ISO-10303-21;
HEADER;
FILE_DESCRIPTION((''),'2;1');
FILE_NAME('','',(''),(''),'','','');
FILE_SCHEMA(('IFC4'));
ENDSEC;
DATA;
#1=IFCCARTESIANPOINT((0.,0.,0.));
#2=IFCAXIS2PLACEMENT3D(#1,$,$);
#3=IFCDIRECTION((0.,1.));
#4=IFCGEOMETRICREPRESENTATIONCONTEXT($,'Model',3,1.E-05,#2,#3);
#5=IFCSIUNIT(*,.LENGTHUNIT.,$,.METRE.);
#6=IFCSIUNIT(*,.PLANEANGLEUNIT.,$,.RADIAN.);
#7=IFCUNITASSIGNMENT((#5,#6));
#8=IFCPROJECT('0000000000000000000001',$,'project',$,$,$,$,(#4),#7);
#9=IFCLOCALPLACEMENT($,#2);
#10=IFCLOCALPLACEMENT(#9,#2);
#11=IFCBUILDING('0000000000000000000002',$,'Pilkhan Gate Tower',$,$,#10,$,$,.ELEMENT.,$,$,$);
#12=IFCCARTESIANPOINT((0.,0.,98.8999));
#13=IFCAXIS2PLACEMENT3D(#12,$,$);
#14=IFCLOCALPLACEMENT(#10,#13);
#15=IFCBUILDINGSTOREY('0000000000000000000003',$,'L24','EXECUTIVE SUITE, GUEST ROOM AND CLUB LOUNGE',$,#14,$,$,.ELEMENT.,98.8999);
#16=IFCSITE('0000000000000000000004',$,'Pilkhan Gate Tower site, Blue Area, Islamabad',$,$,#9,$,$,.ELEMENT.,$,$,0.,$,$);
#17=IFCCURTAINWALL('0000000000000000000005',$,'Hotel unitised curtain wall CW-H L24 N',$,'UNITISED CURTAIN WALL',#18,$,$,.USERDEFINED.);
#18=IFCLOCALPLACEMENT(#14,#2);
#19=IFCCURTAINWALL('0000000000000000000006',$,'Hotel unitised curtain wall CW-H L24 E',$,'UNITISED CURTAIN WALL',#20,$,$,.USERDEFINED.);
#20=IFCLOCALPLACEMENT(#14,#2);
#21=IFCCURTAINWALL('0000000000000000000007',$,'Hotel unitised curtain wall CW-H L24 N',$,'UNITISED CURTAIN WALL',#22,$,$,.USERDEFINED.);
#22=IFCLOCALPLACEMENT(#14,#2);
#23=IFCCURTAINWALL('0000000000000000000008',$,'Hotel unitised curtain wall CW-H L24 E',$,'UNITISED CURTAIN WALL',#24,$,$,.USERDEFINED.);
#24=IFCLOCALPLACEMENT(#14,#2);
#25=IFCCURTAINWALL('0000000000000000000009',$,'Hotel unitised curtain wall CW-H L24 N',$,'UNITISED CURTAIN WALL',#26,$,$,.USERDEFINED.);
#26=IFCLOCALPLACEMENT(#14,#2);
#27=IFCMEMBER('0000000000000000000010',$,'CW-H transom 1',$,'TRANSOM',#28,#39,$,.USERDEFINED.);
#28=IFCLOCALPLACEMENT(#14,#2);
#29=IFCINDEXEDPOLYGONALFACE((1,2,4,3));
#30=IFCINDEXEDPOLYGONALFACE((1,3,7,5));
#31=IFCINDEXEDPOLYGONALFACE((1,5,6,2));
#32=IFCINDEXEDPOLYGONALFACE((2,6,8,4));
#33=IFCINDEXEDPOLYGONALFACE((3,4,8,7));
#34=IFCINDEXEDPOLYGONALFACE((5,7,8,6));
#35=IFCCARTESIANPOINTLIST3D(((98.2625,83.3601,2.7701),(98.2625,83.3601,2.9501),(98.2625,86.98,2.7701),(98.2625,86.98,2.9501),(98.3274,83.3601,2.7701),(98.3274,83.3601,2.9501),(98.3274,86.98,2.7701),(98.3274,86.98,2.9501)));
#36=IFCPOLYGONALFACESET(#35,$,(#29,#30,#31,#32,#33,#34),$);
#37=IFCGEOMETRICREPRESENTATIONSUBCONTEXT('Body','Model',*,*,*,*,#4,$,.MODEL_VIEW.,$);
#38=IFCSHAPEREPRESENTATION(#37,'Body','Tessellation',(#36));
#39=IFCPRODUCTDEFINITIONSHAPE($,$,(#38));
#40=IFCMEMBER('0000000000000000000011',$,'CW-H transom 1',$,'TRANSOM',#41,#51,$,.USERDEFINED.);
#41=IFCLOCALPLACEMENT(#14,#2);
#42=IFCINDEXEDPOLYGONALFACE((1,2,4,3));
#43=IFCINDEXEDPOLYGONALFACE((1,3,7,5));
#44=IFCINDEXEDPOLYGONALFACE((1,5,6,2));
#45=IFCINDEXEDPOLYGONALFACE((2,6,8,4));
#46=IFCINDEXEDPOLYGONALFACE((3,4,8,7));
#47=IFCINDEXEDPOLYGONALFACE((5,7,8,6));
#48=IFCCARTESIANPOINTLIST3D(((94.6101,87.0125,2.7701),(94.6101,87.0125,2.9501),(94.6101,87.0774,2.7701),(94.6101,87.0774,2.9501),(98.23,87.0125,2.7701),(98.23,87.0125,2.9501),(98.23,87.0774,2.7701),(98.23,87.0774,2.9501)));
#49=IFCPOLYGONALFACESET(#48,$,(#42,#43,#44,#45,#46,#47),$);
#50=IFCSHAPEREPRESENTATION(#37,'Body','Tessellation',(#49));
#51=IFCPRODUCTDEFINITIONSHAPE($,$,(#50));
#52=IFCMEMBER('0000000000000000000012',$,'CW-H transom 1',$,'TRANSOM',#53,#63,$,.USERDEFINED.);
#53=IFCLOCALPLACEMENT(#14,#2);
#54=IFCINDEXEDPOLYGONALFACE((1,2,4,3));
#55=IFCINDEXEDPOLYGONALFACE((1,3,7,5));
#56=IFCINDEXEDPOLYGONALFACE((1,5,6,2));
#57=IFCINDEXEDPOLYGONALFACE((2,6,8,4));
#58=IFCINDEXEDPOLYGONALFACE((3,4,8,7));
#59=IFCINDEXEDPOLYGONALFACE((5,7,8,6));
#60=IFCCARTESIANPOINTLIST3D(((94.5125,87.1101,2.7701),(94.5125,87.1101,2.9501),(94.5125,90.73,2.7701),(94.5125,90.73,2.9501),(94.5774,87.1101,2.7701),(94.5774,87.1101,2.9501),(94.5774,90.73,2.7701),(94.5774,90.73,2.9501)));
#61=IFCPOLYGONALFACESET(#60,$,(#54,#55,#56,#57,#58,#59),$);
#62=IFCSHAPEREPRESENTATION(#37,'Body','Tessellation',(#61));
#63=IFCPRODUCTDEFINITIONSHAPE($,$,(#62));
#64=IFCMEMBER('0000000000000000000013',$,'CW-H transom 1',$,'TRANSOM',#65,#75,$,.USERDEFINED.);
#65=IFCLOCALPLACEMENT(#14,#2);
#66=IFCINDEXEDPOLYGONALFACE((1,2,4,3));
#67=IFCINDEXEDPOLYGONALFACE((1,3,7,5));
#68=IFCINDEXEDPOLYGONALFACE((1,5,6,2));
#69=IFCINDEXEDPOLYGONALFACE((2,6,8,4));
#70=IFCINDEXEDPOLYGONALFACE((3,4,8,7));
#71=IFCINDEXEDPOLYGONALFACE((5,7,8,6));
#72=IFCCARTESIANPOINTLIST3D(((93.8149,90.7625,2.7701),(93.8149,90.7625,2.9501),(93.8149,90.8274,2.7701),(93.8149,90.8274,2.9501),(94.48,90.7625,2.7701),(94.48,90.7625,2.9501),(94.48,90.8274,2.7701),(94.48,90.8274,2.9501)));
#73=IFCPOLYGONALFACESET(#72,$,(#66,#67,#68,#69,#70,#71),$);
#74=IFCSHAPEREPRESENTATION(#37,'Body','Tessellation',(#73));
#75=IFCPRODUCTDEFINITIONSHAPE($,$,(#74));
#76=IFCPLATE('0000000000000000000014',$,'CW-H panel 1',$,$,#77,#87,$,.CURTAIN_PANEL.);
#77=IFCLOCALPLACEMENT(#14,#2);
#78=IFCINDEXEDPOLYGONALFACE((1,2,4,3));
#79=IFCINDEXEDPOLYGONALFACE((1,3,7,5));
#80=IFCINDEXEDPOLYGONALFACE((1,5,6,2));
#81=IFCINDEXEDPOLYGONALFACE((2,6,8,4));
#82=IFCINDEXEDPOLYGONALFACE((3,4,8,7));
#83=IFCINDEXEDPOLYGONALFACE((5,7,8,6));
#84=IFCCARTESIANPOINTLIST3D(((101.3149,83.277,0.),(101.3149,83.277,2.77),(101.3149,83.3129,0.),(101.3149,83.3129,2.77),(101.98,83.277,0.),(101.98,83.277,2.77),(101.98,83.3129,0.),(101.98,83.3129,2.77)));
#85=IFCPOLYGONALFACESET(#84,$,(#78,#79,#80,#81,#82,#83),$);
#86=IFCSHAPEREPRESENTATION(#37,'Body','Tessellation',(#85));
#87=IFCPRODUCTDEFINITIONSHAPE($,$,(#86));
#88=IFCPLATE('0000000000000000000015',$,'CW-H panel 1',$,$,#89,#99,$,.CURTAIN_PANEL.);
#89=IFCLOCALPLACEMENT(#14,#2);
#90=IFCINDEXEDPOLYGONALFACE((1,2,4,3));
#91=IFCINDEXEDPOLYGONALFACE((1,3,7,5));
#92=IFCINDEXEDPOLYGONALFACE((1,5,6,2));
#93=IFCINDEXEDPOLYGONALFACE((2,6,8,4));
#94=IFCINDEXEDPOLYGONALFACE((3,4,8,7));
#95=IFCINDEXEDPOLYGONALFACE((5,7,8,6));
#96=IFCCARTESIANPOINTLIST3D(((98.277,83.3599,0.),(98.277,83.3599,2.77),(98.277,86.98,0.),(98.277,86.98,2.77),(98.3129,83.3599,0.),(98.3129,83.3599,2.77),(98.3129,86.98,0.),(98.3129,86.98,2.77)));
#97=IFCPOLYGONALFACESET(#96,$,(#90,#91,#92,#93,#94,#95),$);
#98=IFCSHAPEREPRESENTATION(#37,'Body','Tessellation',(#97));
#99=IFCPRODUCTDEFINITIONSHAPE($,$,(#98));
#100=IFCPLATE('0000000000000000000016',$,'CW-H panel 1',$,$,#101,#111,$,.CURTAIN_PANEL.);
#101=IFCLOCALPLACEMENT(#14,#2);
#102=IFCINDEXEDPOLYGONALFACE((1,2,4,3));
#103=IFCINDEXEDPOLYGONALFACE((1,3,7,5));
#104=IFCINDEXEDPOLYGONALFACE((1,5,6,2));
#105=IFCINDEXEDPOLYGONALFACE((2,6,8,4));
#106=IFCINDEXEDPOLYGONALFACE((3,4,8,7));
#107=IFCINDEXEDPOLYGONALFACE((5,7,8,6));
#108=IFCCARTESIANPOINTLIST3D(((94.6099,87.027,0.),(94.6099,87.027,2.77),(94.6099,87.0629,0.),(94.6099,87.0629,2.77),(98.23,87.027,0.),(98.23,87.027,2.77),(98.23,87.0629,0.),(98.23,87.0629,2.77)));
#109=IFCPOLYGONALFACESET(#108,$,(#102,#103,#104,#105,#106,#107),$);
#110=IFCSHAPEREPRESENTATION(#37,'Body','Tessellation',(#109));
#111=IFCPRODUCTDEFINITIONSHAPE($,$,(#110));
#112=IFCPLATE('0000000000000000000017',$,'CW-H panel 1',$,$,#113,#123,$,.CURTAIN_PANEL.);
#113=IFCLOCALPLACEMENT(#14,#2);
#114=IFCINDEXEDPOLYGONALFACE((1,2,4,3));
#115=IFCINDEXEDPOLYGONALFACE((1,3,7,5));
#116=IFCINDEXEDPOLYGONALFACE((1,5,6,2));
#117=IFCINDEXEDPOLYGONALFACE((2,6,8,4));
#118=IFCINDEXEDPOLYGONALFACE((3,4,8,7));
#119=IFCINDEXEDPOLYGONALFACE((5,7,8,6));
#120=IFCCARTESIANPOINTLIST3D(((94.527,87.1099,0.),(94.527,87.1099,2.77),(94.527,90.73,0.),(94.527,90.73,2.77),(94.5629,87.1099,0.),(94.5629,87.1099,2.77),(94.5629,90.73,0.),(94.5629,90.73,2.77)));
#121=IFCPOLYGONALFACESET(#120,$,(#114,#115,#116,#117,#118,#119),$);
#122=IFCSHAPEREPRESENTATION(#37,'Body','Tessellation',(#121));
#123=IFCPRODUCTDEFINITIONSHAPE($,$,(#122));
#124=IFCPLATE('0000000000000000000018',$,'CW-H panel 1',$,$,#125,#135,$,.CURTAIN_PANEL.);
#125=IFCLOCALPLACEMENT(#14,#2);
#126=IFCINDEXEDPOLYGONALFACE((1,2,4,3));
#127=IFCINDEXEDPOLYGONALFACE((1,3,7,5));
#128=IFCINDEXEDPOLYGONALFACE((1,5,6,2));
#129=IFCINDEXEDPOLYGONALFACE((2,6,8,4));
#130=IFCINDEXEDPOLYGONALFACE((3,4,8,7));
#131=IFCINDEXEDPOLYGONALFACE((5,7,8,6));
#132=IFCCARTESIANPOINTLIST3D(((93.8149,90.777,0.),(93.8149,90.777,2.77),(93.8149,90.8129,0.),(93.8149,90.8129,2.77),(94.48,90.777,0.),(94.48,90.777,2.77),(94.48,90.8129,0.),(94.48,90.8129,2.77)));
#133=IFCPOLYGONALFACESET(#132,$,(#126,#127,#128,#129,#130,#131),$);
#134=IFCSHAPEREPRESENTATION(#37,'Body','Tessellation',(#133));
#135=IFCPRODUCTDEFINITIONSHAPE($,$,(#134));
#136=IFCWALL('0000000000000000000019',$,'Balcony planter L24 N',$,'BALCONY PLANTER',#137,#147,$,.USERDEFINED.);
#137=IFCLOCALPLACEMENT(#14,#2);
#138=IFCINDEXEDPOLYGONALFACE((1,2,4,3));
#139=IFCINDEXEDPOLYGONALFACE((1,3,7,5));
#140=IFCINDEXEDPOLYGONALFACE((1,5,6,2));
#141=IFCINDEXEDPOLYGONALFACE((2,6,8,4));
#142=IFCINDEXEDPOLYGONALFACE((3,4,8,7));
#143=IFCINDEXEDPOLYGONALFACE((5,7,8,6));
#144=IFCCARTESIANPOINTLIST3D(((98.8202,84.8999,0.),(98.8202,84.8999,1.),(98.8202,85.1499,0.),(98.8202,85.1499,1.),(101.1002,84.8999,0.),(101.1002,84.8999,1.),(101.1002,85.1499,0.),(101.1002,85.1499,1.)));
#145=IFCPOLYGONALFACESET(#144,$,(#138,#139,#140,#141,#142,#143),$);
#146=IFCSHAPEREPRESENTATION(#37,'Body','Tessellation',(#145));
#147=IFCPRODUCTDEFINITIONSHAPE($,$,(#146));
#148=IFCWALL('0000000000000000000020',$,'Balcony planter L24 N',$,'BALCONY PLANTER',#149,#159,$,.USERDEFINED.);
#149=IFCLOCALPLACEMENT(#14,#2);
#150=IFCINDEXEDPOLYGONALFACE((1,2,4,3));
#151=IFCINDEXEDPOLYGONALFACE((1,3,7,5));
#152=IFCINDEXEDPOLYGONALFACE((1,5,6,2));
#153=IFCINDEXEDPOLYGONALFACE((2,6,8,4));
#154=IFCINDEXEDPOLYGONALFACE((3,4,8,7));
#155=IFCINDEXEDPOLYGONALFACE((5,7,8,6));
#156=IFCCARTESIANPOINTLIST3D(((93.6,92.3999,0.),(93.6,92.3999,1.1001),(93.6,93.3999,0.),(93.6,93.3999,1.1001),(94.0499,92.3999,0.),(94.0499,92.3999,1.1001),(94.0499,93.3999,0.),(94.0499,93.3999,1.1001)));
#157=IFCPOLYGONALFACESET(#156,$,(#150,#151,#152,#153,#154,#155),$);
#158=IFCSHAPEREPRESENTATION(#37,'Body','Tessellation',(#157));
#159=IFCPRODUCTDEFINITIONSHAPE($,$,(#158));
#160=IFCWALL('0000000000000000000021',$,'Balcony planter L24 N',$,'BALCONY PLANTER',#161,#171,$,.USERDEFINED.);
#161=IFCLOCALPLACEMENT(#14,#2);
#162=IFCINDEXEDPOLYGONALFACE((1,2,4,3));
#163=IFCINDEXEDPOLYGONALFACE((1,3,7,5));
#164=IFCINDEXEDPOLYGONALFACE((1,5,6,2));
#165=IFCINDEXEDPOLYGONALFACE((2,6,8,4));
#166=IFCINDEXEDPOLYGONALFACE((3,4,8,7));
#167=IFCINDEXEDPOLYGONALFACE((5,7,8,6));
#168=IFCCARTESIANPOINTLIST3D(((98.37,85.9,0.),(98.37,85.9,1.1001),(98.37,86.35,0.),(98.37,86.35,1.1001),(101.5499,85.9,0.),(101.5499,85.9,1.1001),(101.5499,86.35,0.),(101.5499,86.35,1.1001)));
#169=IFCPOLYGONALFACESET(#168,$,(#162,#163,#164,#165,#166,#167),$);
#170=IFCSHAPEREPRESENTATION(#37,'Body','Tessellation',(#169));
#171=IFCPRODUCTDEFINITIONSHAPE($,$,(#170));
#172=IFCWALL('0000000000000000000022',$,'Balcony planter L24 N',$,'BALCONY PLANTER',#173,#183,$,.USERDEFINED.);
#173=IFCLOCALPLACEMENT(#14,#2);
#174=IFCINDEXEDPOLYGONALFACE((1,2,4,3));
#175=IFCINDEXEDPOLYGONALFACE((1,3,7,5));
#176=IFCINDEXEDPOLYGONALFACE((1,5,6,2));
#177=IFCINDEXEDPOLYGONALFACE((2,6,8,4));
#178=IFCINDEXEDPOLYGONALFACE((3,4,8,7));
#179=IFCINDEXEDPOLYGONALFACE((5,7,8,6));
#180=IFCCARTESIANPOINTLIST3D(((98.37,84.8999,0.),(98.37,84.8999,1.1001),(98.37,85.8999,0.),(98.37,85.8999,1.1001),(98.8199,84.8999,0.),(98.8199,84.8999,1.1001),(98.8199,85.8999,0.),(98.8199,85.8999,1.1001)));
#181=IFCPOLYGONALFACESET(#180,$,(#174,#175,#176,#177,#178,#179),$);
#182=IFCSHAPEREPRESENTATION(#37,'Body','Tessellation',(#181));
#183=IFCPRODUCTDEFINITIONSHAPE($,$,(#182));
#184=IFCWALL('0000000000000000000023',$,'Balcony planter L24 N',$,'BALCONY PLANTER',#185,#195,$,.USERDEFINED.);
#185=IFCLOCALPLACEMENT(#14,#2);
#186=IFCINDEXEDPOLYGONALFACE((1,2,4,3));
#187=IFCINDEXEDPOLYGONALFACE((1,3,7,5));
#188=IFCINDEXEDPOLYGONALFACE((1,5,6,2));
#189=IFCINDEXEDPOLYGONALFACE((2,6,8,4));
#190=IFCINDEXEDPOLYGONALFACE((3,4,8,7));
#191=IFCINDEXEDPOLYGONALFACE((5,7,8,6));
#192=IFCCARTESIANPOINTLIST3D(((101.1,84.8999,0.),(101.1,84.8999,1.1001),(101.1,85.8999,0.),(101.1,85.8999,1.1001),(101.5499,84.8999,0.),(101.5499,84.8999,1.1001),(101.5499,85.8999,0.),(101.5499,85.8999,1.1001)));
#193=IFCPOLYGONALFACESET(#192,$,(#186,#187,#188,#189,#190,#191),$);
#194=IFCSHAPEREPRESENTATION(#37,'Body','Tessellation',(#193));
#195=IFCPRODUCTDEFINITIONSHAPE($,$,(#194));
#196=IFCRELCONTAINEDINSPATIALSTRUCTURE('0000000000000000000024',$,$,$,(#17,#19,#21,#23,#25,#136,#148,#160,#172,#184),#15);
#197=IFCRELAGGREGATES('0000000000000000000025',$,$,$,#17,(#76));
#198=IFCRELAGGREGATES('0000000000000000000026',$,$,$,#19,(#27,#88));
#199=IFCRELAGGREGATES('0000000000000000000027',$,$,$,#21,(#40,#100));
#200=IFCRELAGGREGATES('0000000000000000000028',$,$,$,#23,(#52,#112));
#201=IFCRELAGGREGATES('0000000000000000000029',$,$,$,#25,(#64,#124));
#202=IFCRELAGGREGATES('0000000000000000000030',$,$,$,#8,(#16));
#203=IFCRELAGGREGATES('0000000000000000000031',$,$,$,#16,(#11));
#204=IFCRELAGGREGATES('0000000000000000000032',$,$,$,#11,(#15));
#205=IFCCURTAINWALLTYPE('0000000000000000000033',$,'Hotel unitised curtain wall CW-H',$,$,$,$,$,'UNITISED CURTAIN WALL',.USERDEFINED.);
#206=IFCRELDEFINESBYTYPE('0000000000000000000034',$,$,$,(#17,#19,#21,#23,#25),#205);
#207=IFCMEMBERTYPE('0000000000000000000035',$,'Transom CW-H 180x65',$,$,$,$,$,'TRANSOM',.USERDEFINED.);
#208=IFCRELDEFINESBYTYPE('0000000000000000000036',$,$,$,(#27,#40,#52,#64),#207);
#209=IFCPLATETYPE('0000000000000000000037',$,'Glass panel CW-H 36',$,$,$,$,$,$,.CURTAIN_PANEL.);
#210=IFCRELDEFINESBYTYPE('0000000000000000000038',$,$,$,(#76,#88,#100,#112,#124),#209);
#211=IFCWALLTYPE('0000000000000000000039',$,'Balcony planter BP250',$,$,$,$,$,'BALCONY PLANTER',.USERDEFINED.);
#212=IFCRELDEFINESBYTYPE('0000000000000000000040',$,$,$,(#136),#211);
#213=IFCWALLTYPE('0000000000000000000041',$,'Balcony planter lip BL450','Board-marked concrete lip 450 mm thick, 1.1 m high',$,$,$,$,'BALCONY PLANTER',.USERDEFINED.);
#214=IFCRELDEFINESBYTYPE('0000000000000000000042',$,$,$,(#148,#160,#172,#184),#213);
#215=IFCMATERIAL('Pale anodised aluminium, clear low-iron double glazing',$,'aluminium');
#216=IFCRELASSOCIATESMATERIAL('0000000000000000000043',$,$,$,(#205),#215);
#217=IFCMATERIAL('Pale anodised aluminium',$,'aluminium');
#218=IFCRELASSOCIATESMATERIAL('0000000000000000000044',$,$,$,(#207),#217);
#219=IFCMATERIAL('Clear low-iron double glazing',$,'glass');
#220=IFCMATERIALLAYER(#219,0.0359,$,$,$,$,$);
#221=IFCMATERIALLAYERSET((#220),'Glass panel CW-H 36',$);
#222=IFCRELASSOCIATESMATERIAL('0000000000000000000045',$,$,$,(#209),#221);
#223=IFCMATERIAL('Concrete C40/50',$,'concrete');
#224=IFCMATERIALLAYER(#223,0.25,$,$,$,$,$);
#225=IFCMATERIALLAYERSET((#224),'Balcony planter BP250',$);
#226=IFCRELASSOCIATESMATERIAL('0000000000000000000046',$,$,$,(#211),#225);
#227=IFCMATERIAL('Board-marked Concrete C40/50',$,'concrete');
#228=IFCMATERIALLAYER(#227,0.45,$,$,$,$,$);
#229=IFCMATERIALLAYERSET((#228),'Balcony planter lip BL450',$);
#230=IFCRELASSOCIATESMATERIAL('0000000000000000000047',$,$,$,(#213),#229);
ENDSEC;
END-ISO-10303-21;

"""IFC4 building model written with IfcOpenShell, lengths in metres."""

from ifc_helpers import new_model, si_unit, direction, frame, frame_2d, origin, origin_2d, place, context, subcontext, project, spatial, rectangle, extrude, material, layer, layer_set, material_profile, profile_set, type_object, element, aggregate, save


model = new_model("IFC4")

# Units and contexts
model_context = context("Model", 3, precision=1e-05, world=origin(), true_north=direction((0.0, 1.0)))
body_context = subcontext(model_context, "Body", "Model", "MODEL_VIEW")
ifc_project = project(units=[si_unit("LENGTHUNIT", "METRE"), si_unit("PLANEANGLEUNIT", "RADIAN")], contexts=[model_context])

# Site, building, storey
site_placement = place(None, origin())
site = spatial("IfcSite", under=ifc_project, at=site_placement, Name="Pilkhan Gate Tower site, Blue Area, Islamabad", CompositionType="ELEMENT", RefElevation=0.0)
building_placement = place(site_placement, origin())
building = spatial("IfcBuilding", under=site, at=building_placement, Name="Pilkhan Gate Tower", CompositionType="ELEMENT")
storey_placement = place(building_placement, frame((0.0, 0.0, 98.8999)))
storey = spatial("IfcBuildingStorey", under=building, at=storey_placement, Name="L24", Description="EXECUTIVE SUITE, GUEST ROOM AND CLUB LOUNGE", CompositionType="ELEMENT", Elevation=98.8999)

# Curtain walls
ifc_material_1 = material(Name="Pale anodised aluminium, clear low-iron double glazing", Category="aluminium")
curtain_wall_type = type_object("IfcCurtainWallType", Name="Hotel unitised curtain wall CW-H", ElementType="UNITISED CURTAIN WALL", PredefinedType="USERDEFINED", material=ifc_material_1)
curtain_wall_1_placement = place(storey_placement, origin())
curtain_wall_1 = element("IfcCurtainWall", 1, at=curtain_wall_1_placement, inside=storey, type_object=curtain_wall_type, Name="Hotel unitised curtain wall CW-H L24 N", ObjectType="UNITISED CURTAIN WALL", PredefinedType="USERDEFINED")
ifc_material_2 = material(Name="Pale anodised aluminium", Category="aluminium")
curtain_wall_2_placement = place(storey_placement, origin())
curtain_wall_2 = element("IfcCurtainWall", 2, at=curtain_wall_2_placement, inside=storey, type_object=curtain_wall_type, Name="Hotel unitised curtain wall CW-H L24 E", ObjectType="UNITISED CURTAIN WALL", PredefinedType="USERDEFINED")
curtain_wall_3_placement = place(storey_placement, origin())
curtain_wall_3 = element("IfcCurtainWall", 3, at=curtain_wall_3_placement, inside=storey, type_object=curtain_wall_type, Name="Hotel unitised curtain wall CW-H L24 N", ObjectType="UNITISED CURTAIN WALL", PredefinedType="USERDEFINED")
curtain_wall_4_placement = place(storey_placement, origin())
curtain_wall_4 = element("IfcCurtainWall", 4, at=curtain_wall_4_placement, inside=storey, type_object=curtain_wall_type, Name="Hotel unitised curtain wall CW-H L24 E", ObjectType="UNITISED CURTAIN WALL", PredefinedType="USERDEFINED")

# Curtain wall
curtain_wall_5_placement = place(storey_placement, origin())
curtain_wall_5 = element("IfcCurtainWall", 5, at=curtain_wall_5_placement, inside=storey, type_object=curtain_wall_type, Name="Hotel unitised curtain wall CW-H L24 N", ObjectType="UNITISED CURTAIN WALL", PredefinedType="USERDEFINED")

# Members
ifc_material_profile_1 = material_profile(ifc_material_2, rectangle(XDim=0.0649, YDim=0.1799, at=origin_2d()), Name="Transom 180x65")
ifc_profile_set_1 = profile_set([ifc_material_profile_1], Name="Pale anodised aluminium")
member_type_1 = type_object("IfcMemberType", Name="Transom CW-H 180x65", ElementType="TRANSOM", PredefinedType="USERDEFINED", material=ifc_profile_set_1)
member_1_placement = place(storey_placement, frame((98.2949, 83.3601, 2.8601), z_axis=(0.0, 1.0, 0.0), x_axis=(-1.0, 0.0, 0.0)))
member_1 = element("IfcMember", 6, at=member_1_placement, type_object=member_type_1, Name="CW-H transom 1", ObjectType="TRANSOM", PredefinedType="USERDEFINED", context=body_context, shape_type="SweptSolid", body=[
    extrude(rectangle(XDim=0.0649, YDim=0.1799, at=origin_2d()), origin(), (0.0, 0.0, 1.0), 3.6199),
])
member_2_placement = place(storey_placement, frame((94.6101, 87.0449, 2.8601), z_axis=(1.0, 0.0, 0.0), x_axis=(0.0, 1.0, 0.0)))
member_2 = element("IfcMember", 7, at=member_2_placement, type_object=member_type_1, Name="CW-H transom 1", ObjectType="TRANSOM", PredefinedType="USERDEFINED", context=body_context, shape_type="SweptSolid", body=[
    extrude(rectangle(XDim=0.0649, YDim=0.1799, at=origin_2d()), origin(), (0.0, 0.0, 1.0), 3.6199),
])
member_3_placement = place(storey_placement, frame((94.5449, 87.1101, 2.8601), z_axis=(0.0, 1.0, 0.0), x_axis=(-1.0, 0.0, 0.0)))
member_3 = element("IfcMember", 8, at=member_3_placement, type_object=member_type_1, Name="CW-H transom 1", ObjectType="TRANSOM", PredefinedType="USERDEFINED", context=body_context, shape_type="SweptSolid", body=[
    extrude(rectangle(XDim=0.0649, YDim=0.1799, at=origin_2d()), origin(), (0.0, 0.0, 1.0), 3.6199),
])
member_4_placement = place(storey_placement, frame((93.8149, 90.7949, 2.8601), z_axis=(1.0, 0.0, 0.0), x_axis=(0.0, 1.0, 0.0)))
member_4 = element("IfcMember", 9, at=member_4_placement, type_object=member_type_1, Name="CW-H transom 1", ObjectType="TRANSOM", PredefinedType="USERDEFINED", context=body_context, shape_type="SweptSolid", body=[
    extrude(rectangle(XDim=0.0649, YDim=0.1799, at=origin_2d()), origin(), (0.0, 0.0, 1.0), 0.665),
])

# Plates
ifc_material_3 = material(Name="Clear low-iron double glazing", Category="glass")
ifc_layer_1 = layer(ifc_material_3, 0.0359)
ifc_layer_set_1 = layer_set([ifc_layer_1], Name="Glass panel CW-H 36")
plate_type = type_object("IfcPlateType", Name="Glass panel CW-H 36", PredefinedType="CURTAIN_PANEL", material=ifc_layer_set_1)
plate_1_placement = place(storey_placement, frame((101.6475, 83.2949, 0.0), z_axis=(0.0, 0.0, 1.0), x_axis=(1.0, 0.0, 0.0)))
plate_1 = element("IfcPlate", 10, at=plate_1_placement, type_object=plate_type, Name="CW-H panel 1", PredefinedType="CURTAIN_PANEL", context=body_context, shape_type="SweptSolid", body=[
    extrude(rectangle(XDim=0.665, YDim=0.0359, at=origin_2d()), origin(), (0.0, 0.0, 1.0), 2.77),
])
aggregate(curtain_wall_1, [plate_1])
plate_2_placement = place(storey_placement, frame((98.2949, 85.1699, 0.0), z_axis=(0.0, 0.0, 1.0), x_axis=(0.0, 1.0, 0.0)))
plate_2 = element("IfcPlate", 11, at=plate_2_placement, type_object=plate_type, Name="CW-H panel 1", PredefinedType="CURTAIN_PANEL", context=body_context, shape_type="SweptSolid", body=[
    extrude(rectangle(XDim=3.6201, YDim=0.0359, at=origin_2d()), origin(), (0.0, 0.0, 1.0), 2.77),
])
aggregate(curtain_wall_2, [member_1, plate_2])
plate_3_placement = place(storey_placement, frame((96.4199, 87.0449, 0.0), z_axis=(0.0, 0.0, 1.0), x_axis=(1.0, 0.0, 0.0)))
plate_3 = element("IfcPlate", 12, at=plate_3_placement, type_object=plate_type, Name="CW-H panel 1", PredefinedType="CURTAIN_PANEL", context=body_context, shape_type="SweptSolid", body=[
    extrude(rectangle(XDim=3.6201, YDim=0.0359, at=origin_2d()), origin(), (0.0, 0.0, 1.0), 2.77),
])
aggregate(curtain_wall_3, [member_2, plate_3])
plate_4_placement = place(storey_placement, frame((94.5449, 88.9199, 0.0), z_axis=(0.0, 0.0, 1.0), x_axis=(0.0, 1.0, 0.0)))
plate_4 = element("IfcPlate", 13, at=plate_4_placement, type_object=plate_type, Name="CW-H panel 1", PredefinedType="CURTAIN_PANEL", context=body_context, shape_type="SweptSolid", body=[
    extrude(rectangle(XDim=3.6201, YDim=0.0359, at=origin_2d()), origin(), (0.0, 0.0, 1.0), 2.77),
])
aggregate(curtain_wall_4, [member_3, plate_4])
plate_5_placement = place(storey_placement, frame((94.1475, 90.7949, 0.0), z_axis=(0.0, 0.0, 1.0), x_axis=(1.0, 0.0, 0.0)))
plate_5 = element("IfcPlate", 14, at=plate_5_placement, type_object=plate_type, Name="CW-H panel 1", PredefinedType="CURTAIN_PANEL", context=body_context, shape_type="SweptSolid", body=[
    extrude(rectangle(XDim=0.665, YDim=0.0359, at=origin_2d()), origin(), (0.0, 0.0, 1.0), 2.77),
])
aggregate(curtain_wall_5, [member_4, plate_5])

# Walls
ifc_material_4 = material(Name="Concrete C40/50", Category="concrete")
ifc_layer_2 = layer(ifc_material_4, 0.25)
ifc_layer_set_2 = layer_set([ifc_layer_2], Name="Balcony planter BP250")
wall_type_1 = type_object("IfcWallType", Name="Balcony planter BP250", ElementType="BALCONY PLANTER", PredefinedType="USERDEFINED", material=ifc_layer_set_2)
wall_1_placement = place(storey_placement, frame((98.8201, 85.0249, 0.0), z_axis=(0.0, 0.0, 1.0), x_axis=(1.0, 0.0, 0.0)))
element("IfcWall", 15, at=wall_1_placement, inside=storey, type_object=wall_type_1, Name="Balcony planter L24 N", ObjectType="BALCONY PLANTER", PredefinedType="USERDEFINED", context=body_context, shape_type="SweptSolid", body=[
    extrude(rectangle(XDim=2.28, YDim=0.25, at=frame_2d((1.1401, 0.0))), origin(), (0.0, 0.0, 1.0), 1.0),
])
ifc_material_5 = material(Name="Board-marked Concrete C40/50", Category="concrete")
ifc_layer_3 = layer(ifc_material_5, 0.45)
ifc_layer_set_3 = layer_set([ifc_layer_3], Name="Balcony planter lip BL450")
wall_type_2 = type_object("IfcWallType", Name="Balcony planter lip BL450", Description="Board-marked concrete lip 450 mm thick, 1.1 m high", ElementType="BALCONY PLANTER", PredefinedType="USERDEFINED", material=ifc_layer_set_3)
wall_2_placement = place(storey_placement, frame((93.825, 92.3999, 0.0), z_axis=(0.0, 0.0, 1.0), x_axis=(0.0, 1.0, 0.0)))
element("IfcWall", 16, at=wall_2_placement, inside=storey, type_object=wall_type_2, Name="Balcony planter L24 N", ObjectType="BALCONY PLANTER", PredefinedType="USERDEFINED", context=body_context, shape_type="SweptSolid", body=[
    extrude(rectangle(XDim=1.0, YDim=0.45, at=frame_2d((0.5, 0.0))), origin(), (0.0, 0.0, 1.0), 1.1001),
])
wall_3_placement = place(storey_placement, frame((98.3701, 86.125, 0.0), z_axis=(0.0, 0.0, 1.0), x_axis=(1.0, 0.0, 0.0)))
element("IfcWall", 17, at=wall_3_placement, inside=storey, type_object=wall_type_2, Name="Balcony planter L24 N", ObjectType="BALCONY PLANTER", PredefinedType="USERDEFINED", context=body_context, shape_type="SweptSolid", body=[
    extrude(rectangle(XDim=3.1799, YDim=0.45, at=frame_2d((1.5898, 0.0))), origin(), (0.0, 0.0, 1.0), 1.1001),
])
for number, where, z_axis, x_axis, name in (
    (18, (98.595, 84.8999, 0.0), (0.0, 0.0, 1.0), (0.0, 1.0, 0.0), "Balcony planter L24 N"),
    (19, (101.325, 84.8999, 0.0), (0.0, 0.0, 1.0), (0.0, 1.0, 0.0), "Balcony planter L24 N"),
):
    element("IfcWall", number, at=place(storey_placement, frame(where, z_axis=z_axis, x_axis=x_axis)), inside=storey, type_object=wall_type_2, Name=name, ObjectType="BALCONY PLANTER", PredefinedType="USERDEFINED", context=body_context, shape_type="SweptSolid", body=[
        extrude(rectangle(XDim=1.0, YDim=0.45, at=frame_2d((0.5, 0.0))), origin(), (0.0, 0.0, 1.0), 1.1001),
    ])

save(model, "model.ifc")
